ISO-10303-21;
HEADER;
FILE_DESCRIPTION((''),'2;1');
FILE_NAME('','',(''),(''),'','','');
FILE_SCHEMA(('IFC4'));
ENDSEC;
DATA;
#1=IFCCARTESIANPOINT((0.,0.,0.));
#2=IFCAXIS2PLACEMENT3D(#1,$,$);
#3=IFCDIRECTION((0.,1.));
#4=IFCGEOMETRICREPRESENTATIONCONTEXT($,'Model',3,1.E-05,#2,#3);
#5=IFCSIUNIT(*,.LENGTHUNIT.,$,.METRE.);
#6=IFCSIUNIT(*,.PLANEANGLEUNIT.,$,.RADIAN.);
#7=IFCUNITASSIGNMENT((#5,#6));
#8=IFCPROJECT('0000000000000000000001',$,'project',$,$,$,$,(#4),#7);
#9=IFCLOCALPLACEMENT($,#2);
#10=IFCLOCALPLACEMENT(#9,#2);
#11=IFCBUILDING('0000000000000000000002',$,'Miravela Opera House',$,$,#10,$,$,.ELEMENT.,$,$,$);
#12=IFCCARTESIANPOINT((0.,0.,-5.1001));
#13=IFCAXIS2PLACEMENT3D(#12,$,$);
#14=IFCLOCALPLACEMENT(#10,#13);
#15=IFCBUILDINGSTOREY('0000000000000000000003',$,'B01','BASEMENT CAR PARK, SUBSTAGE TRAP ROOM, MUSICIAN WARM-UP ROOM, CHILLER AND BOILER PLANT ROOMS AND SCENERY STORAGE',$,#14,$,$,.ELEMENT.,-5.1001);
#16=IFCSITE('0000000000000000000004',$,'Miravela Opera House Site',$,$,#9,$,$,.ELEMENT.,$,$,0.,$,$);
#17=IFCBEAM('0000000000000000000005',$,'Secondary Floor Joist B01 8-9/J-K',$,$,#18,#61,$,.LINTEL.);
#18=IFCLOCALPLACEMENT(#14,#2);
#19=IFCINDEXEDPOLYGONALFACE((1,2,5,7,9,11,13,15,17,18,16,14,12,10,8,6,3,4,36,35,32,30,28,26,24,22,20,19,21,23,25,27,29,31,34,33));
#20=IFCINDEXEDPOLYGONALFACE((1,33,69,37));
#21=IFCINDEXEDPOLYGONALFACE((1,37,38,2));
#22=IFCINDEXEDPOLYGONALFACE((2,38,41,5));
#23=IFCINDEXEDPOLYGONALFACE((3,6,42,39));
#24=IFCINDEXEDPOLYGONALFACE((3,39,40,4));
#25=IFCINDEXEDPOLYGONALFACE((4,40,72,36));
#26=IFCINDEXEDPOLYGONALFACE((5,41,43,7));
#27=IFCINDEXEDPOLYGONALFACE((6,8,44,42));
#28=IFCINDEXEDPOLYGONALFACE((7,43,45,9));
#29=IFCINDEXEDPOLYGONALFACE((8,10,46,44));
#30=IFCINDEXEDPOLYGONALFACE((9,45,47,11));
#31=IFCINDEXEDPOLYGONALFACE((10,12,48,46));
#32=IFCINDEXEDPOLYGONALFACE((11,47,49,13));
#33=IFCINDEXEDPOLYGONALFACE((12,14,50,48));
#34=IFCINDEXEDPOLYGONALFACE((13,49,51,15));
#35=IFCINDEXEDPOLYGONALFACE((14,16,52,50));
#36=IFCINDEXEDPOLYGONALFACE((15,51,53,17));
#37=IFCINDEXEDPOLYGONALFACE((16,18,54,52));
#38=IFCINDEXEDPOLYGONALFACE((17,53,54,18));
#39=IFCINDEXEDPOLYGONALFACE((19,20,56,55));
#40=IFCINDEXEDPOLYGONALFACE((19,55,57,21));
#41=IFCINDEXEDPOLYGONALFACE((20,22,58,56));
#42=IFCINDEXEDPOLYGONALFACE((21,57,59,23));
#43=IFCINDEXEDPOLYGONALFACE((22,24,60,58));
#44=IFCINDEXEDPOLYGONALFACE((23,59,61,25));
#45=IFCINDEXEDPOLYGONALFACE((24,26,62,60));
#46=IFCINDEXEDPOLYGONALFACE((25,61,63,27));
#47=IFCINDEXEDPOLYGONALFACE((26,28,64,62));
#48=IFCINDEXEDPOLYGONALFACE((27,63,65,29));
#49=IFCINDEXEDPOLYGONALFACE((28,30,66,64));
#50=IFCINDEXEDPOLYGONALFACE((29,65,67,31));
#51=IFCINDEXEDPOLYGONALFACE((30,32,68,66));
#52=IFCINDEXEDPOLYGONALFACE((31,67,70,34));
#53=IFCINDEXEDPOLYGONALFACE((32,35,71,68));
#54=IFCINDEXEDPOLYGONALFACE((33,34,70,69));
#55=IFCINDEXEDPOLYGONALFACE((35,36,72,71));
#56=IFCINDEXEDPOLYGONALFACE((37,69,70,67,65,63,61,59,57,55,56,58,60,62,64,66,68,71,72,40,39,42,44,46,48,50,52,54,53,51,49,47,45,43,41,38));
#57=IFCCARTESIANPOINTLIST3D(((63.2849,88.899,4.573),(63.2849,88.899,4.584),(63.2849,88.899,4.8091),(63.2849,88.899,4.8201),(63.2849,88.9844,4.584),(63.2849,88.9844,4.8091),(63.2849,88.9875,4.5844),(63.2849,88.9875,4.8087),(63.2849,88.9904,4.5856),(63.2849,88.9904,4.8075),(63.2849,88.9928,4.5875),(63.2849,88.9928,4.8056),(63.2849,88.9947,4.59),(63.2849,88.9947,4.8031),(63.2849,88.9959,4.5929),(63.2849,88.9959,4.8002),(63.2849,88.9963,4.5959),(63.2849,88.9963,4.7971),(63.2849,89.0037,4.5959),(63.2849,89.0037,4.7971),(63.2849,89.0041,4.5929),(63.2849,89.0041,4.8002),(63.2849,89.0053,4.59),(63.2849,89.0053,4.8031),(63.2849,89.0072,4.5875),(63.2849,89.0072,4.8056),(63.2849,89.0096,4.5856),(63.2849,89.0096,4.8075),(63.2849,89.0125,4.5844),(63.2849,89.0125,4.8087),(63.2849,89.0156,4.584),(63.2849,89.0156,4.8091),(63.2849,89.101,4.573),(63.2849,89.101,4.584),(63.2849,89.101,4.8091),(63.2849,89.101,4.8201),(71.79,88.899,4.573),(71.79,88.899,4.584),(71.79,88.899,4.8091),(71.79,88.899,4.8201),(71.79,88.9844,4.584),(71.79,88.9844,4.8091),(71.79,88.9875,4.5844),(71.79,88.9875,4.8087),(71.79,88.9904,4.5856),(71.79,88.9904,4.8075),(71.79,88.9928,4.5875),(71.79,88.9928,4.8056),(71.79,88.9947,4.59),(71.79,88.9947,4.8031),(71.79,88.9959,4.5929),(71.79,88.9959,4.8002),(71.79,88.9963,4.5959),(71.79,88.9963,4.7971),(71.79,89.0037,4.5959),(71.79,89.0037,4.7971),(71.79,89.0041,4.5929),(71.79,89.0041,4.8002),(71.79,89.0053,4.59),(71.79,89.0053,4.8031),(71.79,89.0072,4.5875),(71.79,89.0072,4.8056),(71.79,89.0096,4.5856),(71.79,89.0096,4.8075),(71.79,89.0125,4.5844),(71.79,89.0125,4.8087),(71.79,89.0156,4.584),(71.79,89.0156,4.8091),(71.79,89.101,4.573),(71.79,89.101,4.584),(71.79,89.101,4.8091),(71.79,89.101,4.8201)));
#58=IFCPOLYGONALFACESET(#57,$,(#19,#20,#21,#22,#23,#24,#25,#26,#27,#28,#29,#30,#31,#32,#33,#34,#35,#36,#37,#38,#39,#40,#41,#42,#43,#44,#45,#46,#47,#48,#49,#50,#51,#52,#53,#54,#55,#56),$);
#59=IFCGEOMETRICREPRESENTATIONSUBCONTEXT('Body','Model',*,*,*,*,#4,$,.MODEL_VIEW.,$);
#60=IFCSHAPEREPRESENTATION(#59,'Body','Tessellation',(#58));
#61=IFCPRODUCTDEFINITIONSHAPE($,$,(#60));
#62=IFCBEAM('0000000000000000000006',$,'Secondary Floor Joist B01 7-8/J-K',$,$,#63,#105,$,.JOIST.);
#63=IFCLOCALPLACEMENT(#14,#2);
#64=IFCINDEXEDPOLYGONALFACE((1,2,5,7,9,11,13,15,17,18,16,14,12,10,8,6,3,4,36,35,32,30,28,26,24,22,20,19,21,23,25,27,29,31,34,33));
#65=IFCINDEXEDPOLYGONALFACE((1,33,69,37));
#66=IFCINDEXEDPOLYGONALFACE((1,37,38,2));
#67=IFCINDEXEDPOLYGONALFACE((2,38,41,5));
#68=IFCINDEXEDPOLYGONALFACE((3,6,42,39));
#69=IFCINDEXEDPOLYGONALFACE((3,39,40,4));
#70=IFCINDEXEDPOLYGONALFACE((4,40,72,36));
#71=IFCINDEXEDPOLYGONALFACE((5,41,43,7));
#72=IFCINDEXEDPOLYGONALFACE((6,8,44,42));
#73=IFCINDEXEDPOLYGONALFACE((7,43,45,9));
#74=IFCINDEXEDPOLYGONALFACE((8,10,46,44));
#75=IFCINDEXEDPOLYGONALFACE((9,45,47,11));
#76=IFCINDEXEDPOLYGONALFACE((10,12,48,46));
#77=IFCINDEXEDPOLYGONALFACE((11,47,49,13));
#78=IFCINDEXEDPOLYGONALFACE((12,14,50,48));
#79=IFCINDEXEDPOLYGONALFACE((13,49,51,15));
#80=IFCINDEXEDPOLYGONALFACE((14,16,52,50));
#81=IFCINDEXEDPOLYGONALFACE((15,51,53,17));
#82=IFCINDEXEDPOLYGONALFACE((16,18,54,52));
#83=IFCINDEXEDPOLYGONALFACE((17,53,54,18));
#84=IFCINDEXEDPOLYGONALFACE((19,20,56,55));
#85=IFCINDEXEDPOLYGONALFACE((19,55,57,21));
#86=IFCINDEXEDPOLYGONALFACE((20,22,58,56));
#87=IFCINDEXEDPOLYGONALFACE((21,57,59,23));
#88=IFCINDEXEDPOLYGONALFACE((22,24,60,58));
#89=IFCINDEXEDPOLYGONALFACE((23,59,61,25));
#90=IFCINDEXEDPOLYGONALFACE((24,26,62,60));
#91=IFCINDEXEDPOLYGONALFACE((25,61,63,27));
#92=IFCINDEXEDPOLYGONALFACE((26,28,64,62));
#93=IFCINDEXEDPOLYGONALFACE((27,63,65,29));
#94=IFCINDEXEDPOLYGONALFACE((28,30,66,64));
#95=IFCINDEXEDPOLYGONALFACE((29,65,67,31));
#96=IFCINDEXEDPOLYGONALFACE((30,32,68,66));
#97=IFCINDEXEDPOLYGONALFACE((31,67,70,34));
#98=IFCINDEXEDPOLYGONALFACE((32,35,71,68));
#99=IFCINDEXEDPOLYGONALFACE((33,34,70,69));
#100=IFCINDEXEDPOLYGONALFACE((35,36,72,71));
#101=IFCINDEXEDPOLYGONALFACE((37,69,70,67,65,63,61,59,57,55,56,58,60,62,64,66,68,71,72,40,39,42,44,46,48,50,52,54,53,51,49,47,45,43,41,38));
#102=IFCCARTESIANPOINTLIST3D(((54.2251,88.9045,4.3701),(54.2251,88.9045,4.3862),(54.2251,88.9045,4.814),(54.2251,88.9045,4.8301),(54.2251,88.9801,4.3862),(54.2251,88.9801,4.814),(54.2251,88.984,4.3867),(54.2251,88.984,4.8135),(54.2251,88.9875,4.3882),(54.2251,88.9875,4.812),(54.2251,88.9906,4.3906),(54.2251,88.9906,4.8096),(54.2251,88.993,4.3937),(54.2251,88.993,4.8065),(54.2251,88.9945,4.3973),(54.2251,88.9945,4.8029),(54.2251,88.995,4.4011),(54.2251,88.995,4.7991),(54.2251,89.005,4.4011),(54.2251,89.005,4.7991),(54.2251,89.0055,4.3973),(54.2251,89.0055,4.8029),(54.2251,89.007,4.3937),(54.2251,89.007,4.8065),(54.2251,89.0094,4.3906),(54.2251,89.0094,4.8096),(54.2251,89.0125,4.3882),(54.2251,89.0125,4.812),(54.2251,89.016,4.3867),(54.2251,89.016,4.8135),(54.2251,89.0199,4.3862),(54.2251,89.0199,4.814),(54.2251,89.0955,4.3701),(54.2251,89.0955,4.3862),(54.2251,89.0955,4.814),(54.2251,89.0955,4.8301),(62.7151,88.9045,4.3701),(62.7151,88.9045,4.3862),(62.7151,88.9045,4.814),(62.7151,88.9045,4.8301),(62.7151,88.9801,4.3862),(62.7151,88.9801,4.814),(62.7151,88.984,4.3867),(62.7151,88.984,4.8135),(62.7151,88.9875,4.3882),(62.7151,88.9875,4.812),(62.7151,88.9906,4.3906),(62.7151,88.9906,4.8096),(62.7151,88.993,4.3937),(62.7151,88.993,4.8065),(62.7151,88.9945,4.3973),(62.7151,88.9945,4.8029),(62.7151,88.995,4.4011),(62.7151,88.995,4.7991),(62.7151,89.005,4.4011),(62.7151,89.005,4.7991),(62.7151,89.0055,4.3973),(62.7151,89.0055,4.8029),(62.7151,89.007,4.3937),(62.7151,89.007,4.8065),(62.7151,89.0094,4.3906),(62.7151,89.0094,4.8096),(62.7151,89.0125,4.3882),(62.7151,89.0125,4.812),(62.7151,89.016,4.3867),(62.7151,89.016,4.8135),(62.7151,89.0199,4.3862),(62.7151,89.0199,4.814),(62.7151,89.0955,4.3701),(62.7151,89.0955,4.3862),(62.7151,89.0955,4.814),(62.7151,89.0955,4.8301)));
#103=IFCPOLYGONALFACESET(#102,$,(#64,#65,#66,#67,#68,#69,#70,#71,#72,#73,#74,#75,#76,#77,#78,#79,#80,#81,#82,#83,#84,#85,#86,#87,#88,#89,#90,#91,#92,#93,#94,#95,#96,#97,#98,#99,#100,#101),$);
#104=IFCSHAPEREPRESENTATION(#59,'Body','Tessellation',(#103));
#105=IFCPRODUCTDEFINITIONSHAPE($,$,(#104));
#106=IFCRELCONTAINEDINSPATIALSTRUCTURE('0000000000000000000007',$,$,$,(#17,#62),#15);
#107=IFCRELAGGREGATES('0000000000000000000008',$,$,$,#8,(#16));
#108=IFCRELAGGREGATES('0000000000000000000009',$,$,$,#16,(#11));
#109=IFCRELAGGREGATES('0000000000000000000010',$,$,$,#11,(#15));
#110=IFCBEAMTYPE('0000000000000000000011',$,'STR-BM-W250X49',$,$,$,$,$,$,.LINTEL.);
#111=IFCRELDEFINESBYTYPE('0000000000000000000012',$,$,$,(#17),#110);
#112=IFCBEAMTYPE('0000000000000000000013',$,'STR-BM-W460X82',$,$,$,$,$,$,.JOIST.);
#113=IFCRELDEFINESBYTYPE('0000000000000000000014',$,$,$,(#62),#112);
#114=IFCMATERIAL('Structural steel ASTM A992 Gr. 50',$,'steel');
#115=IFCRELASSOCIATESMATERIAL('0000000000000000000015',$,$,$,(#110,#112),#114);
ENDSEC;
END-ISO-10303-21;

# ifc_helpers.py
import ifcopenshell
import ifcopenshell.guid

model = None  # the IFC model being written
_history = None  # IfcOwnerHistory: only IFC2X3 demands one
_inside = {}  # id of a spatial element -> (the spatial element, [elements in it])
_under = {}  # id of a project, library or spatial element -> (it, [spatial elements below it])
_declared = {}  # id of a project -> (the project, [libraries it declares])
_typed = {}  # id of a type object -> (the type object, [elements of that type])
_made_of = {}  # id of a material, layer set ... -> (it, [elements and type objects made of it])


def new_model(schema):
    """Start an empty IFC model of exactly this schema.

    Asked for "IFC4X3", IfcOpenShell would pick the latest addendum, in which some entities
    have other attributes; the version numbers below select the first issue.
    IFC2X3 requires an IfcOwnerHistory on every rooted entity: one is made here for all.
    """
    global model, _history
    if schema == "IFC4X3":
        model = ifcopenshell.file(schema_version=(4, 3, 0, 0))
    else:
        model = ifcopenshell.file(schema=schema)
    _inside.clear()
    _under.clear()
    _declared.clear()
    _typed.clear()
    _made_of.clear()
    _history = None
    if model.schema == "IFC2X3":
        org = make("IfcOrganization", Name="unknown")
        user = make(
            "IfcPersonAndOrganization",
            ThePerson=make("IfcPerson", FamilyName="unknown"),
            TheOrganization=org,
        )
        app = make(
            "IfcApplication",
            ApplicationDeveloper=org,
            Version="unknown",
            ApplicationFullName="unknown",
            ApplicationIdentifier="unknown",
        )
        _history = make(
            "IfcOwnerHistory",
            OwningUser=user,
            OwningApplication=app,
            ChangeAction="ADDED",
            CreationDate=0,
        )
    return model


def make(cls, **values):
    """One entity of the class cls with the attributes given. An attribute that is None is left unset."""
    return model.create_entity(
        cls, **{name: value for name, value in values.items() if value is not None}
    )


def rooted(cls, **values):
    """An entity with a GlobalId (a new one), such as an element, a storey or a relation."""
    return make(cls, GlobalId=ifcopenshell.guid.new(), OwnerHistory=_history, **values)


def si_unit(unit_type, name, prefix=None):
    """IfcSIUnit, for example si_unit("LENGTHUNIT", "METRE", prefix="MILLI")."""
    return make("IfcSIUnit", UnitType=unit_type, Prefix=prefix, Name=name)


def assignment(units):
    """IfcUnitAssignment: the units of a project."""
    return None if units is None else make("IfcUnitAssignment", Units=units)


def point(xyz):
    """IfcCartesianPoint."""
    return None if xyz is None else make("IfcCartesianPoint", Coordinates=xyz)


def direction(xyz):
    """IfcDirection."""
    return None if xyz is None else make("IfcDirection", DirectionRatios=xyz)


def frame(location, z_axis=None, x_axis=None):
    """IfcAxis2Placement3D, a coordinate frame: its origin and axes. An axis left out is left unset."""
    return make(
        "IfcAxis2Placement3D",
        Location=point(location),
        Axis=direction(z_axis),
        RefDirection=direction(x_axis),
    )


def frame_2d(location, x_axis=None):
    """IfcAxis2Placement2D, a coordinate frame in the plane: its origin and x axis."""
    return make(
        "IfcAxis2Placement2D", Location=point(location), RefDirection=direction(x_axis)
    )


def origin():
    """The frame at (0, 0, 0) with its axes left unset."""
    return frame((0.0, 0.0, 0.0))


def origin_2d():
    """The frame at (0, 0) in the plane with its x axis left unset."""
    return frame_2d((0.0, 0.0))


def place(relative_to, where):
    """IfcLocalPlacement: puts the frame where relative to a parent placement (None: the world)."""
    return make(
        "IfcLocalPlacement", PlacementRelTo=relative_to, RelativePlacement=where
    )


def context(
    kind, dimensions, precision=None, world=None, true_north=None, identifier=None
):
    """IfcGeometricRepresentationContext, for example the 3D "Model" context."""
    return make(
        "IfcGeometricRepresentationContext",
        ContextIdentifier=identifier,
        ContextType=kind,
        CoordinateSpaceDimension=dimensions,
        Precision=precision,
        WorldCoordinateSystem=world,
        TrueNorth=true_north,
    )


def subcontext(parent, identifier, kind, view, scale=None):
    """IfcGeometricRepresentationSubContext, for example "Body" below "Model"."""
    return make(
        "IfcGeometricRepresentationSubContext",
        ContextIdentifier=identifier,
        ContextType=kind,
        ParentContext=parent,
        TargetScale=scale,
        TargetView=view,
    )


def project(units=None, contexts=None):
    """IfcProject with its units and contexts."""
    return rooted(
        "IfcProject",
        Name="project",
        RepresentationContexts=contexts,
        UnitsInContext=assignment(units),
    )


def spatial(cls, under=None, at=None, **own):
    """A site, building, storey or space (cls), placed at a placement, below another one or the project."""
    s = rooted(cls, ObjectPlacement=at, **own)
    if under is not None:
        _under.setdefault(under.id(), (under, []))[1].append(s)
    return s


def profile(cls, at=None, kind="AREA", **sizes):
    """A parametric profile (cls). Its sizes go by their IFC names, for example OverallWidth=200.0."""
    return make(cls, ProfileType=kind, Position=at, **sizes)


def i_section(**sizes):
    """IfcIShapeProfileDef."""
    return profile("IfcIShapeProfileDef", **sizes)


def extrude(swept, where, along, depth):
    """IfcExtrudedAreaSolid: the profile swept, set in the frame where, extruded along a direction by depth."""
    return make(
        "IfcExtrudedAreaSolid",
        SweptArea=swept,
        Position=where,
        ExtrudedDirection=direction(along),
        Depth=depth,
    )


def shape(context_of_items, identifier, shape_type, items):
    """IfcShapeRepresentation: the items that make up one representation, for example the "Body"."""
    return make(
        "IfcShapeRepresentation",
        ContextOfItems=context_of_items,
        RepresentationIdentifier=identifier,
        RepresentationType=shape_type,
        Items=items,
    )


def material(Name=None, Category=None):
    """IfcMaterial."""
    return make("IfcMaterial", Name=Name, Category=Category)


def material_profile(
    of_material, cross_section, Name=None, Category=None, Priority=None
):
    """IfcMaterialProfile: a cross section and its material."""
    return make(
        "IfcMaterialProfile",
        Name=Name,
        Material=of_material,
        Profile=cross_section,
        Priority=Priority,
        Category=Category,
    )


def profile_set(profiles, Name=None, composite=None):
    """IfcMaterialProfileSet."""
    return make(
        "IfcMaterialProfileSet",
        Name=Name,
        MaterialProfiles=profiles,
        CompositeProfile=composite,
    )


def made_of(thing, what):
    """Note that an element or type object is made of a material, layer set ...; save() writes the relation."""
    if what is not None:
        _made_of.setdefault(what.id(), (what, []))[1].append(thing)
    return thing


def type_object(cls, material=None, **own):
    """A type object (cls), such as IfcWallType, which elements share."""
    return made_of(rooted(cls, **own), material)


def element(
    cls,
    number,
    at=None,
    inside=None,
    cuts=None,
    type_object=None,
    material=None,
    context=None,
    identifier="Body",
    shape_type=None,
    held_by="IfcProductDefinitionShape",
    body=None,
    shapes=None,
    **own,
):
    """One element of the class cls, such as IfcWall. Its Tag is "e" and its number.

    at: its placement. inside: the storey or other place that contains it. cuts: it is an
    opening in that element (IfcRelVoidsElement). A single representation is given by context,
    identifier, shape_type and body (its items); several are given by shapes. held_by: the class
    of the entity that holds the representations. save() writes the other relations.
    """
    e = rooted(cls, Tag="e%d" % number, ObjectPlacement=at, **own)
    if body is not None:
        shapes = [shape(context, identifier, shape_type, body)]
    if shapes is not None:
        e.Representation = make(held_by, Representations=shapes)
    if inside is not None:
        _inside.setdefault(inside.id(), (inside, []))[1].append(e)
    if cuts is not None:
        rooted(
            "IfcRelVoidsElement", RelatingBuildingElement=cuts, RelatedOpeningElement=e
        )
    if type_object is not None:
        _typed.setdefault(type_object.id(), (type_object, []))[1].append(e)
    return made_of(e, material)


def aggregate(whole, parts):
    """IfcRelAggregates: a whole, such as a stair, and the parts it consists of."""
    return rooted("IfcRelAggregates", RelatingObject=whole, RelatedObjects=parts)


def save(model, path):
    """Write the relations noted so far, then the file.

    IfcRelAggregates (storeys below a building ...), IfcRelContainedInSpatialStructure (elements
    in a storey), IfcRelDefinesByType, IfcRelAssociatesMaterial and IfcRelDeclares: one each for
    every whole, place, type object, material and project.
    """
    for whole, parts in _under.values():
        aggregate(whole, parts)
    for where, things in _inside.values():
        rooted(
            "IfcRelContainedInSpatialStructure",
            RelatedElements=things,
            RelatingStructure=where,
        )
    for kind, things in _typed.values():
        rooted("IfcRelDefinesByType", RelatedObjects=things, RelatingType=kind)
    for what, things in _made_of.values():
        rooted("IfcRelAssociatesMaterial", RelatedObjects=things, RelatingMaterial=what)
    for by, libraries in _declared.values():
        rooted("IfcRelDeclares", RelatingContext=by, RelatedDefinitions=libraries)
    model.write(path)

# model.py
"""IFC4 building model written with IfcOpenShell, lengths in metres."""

from ifc_helpers import new_model, si_unit, direction, frame, origin, origin_2d, place, context, subcontext, project, spatial, i_section, extrude, material, material_profile, profile_set, type_object, element, save


model = new_model("IFC4")

# Units and contexts
model_context = context("Model", 3, precision=1e-05, world=origin(), true_north=direction((0.0, 1.0)))
body_context = subcontext(model_context, "Body", "Model", "MODEL_VIEW")
ifc_project = project(units=[si_unit("LENGTHUNIT", "METRE"), si_unit("PLANEANGLEUNIT", "RADIAN")], contexts=[model_context])

# Site, building, storey
site_placement = place(None, origin())
site = spatial("IfcSite", under=ifc_project, at=site_placement, Name="Miravela Opera House Site", CompositionType="ELEMENT", RefElevation=0.0)
building_placement = place(site_placement, origin())
building = spatial("IfcBuilding", under=site, at=building_placement, Name="Miravela Opera House", CompositionType="ELEMENT")
storey_placement = place(building_placement, frame((0.0, 0.0, -5.1001)))
storey = spatial("IfcBuildingStorey", under=building, at=storey_placement, Name="B01", Description="BASEMENT CAR PARK, SUBSTAGE TRAP ROOM, MUSICIAN WARM-UP ROOM, CHILLER AND BOILER PLANT ROOMS AND SCENERY STORAGE", CompositionType="ELEMENT", Elevation=-5.1001)

# Beams
ifc_material_1 = material(Name="Structural steel ASTM A992 Gr. 50", Category="steel")
ifc_material_profile_1 = material_profile(ifc_material_1, i_section(OverallWidth=0.2019, OverallDepth=0.2471, WebThickness=0.0073, FlangeThickness=0.011, FilletRadius=0.012, at=origin_2d()), Name="W250X49")
ifc_profile_set_1 = profile_set([ifc_material_profile_1])
beam_type_1 = type_object("IfcBeamType", Name="STR-BM-W250X49", PredefinedType="LINTEL", material=ifc_profile_set_1)
beam_1_placement = place(storey_placement, frame((63.2849, 89.0, 4.6965), z_axis=(1.0, 0.0, 0.0), x_axis=(0.0, 1.0, 0.0)))
element("IfcBeam", 1, at=beam_1_placement, inside=storey, type_object=beam_type_1, Name="Secondary Floor Joist B01 8-9/J-K", PredefinedType="LINTEL", context=body_context, shape_type="SweptSolid", body=[
    extrude(i_section(OverallWidth=0.2019, OverallDepth=0.2471, WebThickness=0.0073, FlangeThickness=0.011, FilletRadius=0.012, at=origin_2d()), origin(), (0.0, 0.0, 1.0), 8.5051),
])
ifc_material_profile_2 = material_profile(ifc_material_1, i_section(OverallWidth=0.1909, OverallDepth=0.46, WebThickness=0.01, FlangeThickness=0.0161, FilletRadius=0.0149, at=origin_2d()), Name="W460X82")
ifc_profile_set_2 = profile_set([ifc_material_profile_2])
beam_type_2 = type_object("IfcBeamType", Name="STR-BM-W460X82", PredefinedType="JOIST", material=ifc_profile_set_2)
beam_2_placement = place(storey_placement, frame((54.2251, 89.0, 4.6001), z_axis=(1.0, 0.0, 0.0), x_axis=(0.0, 1.0, 0.0)))
element("IfcBeam", 2, at=beam_2_placement, inside=storey, type_object=beam_type_2, Name="Secondary Floor Joist B01 7-8/J-K", PredefinedType="JOIST", context=body_context, shape_type="SweptSolid", body=[
    extrude(i_section(OverallWidth=0.1909, OverallDepth=0.46, WebThickness=0.01, FlangeThickness=0.0161, FilletRadius=0.0149, at=origin_2d()), origin(), (0.0, 0.0, 1.0), 8.49),
])

save(model, "model.ifc")
